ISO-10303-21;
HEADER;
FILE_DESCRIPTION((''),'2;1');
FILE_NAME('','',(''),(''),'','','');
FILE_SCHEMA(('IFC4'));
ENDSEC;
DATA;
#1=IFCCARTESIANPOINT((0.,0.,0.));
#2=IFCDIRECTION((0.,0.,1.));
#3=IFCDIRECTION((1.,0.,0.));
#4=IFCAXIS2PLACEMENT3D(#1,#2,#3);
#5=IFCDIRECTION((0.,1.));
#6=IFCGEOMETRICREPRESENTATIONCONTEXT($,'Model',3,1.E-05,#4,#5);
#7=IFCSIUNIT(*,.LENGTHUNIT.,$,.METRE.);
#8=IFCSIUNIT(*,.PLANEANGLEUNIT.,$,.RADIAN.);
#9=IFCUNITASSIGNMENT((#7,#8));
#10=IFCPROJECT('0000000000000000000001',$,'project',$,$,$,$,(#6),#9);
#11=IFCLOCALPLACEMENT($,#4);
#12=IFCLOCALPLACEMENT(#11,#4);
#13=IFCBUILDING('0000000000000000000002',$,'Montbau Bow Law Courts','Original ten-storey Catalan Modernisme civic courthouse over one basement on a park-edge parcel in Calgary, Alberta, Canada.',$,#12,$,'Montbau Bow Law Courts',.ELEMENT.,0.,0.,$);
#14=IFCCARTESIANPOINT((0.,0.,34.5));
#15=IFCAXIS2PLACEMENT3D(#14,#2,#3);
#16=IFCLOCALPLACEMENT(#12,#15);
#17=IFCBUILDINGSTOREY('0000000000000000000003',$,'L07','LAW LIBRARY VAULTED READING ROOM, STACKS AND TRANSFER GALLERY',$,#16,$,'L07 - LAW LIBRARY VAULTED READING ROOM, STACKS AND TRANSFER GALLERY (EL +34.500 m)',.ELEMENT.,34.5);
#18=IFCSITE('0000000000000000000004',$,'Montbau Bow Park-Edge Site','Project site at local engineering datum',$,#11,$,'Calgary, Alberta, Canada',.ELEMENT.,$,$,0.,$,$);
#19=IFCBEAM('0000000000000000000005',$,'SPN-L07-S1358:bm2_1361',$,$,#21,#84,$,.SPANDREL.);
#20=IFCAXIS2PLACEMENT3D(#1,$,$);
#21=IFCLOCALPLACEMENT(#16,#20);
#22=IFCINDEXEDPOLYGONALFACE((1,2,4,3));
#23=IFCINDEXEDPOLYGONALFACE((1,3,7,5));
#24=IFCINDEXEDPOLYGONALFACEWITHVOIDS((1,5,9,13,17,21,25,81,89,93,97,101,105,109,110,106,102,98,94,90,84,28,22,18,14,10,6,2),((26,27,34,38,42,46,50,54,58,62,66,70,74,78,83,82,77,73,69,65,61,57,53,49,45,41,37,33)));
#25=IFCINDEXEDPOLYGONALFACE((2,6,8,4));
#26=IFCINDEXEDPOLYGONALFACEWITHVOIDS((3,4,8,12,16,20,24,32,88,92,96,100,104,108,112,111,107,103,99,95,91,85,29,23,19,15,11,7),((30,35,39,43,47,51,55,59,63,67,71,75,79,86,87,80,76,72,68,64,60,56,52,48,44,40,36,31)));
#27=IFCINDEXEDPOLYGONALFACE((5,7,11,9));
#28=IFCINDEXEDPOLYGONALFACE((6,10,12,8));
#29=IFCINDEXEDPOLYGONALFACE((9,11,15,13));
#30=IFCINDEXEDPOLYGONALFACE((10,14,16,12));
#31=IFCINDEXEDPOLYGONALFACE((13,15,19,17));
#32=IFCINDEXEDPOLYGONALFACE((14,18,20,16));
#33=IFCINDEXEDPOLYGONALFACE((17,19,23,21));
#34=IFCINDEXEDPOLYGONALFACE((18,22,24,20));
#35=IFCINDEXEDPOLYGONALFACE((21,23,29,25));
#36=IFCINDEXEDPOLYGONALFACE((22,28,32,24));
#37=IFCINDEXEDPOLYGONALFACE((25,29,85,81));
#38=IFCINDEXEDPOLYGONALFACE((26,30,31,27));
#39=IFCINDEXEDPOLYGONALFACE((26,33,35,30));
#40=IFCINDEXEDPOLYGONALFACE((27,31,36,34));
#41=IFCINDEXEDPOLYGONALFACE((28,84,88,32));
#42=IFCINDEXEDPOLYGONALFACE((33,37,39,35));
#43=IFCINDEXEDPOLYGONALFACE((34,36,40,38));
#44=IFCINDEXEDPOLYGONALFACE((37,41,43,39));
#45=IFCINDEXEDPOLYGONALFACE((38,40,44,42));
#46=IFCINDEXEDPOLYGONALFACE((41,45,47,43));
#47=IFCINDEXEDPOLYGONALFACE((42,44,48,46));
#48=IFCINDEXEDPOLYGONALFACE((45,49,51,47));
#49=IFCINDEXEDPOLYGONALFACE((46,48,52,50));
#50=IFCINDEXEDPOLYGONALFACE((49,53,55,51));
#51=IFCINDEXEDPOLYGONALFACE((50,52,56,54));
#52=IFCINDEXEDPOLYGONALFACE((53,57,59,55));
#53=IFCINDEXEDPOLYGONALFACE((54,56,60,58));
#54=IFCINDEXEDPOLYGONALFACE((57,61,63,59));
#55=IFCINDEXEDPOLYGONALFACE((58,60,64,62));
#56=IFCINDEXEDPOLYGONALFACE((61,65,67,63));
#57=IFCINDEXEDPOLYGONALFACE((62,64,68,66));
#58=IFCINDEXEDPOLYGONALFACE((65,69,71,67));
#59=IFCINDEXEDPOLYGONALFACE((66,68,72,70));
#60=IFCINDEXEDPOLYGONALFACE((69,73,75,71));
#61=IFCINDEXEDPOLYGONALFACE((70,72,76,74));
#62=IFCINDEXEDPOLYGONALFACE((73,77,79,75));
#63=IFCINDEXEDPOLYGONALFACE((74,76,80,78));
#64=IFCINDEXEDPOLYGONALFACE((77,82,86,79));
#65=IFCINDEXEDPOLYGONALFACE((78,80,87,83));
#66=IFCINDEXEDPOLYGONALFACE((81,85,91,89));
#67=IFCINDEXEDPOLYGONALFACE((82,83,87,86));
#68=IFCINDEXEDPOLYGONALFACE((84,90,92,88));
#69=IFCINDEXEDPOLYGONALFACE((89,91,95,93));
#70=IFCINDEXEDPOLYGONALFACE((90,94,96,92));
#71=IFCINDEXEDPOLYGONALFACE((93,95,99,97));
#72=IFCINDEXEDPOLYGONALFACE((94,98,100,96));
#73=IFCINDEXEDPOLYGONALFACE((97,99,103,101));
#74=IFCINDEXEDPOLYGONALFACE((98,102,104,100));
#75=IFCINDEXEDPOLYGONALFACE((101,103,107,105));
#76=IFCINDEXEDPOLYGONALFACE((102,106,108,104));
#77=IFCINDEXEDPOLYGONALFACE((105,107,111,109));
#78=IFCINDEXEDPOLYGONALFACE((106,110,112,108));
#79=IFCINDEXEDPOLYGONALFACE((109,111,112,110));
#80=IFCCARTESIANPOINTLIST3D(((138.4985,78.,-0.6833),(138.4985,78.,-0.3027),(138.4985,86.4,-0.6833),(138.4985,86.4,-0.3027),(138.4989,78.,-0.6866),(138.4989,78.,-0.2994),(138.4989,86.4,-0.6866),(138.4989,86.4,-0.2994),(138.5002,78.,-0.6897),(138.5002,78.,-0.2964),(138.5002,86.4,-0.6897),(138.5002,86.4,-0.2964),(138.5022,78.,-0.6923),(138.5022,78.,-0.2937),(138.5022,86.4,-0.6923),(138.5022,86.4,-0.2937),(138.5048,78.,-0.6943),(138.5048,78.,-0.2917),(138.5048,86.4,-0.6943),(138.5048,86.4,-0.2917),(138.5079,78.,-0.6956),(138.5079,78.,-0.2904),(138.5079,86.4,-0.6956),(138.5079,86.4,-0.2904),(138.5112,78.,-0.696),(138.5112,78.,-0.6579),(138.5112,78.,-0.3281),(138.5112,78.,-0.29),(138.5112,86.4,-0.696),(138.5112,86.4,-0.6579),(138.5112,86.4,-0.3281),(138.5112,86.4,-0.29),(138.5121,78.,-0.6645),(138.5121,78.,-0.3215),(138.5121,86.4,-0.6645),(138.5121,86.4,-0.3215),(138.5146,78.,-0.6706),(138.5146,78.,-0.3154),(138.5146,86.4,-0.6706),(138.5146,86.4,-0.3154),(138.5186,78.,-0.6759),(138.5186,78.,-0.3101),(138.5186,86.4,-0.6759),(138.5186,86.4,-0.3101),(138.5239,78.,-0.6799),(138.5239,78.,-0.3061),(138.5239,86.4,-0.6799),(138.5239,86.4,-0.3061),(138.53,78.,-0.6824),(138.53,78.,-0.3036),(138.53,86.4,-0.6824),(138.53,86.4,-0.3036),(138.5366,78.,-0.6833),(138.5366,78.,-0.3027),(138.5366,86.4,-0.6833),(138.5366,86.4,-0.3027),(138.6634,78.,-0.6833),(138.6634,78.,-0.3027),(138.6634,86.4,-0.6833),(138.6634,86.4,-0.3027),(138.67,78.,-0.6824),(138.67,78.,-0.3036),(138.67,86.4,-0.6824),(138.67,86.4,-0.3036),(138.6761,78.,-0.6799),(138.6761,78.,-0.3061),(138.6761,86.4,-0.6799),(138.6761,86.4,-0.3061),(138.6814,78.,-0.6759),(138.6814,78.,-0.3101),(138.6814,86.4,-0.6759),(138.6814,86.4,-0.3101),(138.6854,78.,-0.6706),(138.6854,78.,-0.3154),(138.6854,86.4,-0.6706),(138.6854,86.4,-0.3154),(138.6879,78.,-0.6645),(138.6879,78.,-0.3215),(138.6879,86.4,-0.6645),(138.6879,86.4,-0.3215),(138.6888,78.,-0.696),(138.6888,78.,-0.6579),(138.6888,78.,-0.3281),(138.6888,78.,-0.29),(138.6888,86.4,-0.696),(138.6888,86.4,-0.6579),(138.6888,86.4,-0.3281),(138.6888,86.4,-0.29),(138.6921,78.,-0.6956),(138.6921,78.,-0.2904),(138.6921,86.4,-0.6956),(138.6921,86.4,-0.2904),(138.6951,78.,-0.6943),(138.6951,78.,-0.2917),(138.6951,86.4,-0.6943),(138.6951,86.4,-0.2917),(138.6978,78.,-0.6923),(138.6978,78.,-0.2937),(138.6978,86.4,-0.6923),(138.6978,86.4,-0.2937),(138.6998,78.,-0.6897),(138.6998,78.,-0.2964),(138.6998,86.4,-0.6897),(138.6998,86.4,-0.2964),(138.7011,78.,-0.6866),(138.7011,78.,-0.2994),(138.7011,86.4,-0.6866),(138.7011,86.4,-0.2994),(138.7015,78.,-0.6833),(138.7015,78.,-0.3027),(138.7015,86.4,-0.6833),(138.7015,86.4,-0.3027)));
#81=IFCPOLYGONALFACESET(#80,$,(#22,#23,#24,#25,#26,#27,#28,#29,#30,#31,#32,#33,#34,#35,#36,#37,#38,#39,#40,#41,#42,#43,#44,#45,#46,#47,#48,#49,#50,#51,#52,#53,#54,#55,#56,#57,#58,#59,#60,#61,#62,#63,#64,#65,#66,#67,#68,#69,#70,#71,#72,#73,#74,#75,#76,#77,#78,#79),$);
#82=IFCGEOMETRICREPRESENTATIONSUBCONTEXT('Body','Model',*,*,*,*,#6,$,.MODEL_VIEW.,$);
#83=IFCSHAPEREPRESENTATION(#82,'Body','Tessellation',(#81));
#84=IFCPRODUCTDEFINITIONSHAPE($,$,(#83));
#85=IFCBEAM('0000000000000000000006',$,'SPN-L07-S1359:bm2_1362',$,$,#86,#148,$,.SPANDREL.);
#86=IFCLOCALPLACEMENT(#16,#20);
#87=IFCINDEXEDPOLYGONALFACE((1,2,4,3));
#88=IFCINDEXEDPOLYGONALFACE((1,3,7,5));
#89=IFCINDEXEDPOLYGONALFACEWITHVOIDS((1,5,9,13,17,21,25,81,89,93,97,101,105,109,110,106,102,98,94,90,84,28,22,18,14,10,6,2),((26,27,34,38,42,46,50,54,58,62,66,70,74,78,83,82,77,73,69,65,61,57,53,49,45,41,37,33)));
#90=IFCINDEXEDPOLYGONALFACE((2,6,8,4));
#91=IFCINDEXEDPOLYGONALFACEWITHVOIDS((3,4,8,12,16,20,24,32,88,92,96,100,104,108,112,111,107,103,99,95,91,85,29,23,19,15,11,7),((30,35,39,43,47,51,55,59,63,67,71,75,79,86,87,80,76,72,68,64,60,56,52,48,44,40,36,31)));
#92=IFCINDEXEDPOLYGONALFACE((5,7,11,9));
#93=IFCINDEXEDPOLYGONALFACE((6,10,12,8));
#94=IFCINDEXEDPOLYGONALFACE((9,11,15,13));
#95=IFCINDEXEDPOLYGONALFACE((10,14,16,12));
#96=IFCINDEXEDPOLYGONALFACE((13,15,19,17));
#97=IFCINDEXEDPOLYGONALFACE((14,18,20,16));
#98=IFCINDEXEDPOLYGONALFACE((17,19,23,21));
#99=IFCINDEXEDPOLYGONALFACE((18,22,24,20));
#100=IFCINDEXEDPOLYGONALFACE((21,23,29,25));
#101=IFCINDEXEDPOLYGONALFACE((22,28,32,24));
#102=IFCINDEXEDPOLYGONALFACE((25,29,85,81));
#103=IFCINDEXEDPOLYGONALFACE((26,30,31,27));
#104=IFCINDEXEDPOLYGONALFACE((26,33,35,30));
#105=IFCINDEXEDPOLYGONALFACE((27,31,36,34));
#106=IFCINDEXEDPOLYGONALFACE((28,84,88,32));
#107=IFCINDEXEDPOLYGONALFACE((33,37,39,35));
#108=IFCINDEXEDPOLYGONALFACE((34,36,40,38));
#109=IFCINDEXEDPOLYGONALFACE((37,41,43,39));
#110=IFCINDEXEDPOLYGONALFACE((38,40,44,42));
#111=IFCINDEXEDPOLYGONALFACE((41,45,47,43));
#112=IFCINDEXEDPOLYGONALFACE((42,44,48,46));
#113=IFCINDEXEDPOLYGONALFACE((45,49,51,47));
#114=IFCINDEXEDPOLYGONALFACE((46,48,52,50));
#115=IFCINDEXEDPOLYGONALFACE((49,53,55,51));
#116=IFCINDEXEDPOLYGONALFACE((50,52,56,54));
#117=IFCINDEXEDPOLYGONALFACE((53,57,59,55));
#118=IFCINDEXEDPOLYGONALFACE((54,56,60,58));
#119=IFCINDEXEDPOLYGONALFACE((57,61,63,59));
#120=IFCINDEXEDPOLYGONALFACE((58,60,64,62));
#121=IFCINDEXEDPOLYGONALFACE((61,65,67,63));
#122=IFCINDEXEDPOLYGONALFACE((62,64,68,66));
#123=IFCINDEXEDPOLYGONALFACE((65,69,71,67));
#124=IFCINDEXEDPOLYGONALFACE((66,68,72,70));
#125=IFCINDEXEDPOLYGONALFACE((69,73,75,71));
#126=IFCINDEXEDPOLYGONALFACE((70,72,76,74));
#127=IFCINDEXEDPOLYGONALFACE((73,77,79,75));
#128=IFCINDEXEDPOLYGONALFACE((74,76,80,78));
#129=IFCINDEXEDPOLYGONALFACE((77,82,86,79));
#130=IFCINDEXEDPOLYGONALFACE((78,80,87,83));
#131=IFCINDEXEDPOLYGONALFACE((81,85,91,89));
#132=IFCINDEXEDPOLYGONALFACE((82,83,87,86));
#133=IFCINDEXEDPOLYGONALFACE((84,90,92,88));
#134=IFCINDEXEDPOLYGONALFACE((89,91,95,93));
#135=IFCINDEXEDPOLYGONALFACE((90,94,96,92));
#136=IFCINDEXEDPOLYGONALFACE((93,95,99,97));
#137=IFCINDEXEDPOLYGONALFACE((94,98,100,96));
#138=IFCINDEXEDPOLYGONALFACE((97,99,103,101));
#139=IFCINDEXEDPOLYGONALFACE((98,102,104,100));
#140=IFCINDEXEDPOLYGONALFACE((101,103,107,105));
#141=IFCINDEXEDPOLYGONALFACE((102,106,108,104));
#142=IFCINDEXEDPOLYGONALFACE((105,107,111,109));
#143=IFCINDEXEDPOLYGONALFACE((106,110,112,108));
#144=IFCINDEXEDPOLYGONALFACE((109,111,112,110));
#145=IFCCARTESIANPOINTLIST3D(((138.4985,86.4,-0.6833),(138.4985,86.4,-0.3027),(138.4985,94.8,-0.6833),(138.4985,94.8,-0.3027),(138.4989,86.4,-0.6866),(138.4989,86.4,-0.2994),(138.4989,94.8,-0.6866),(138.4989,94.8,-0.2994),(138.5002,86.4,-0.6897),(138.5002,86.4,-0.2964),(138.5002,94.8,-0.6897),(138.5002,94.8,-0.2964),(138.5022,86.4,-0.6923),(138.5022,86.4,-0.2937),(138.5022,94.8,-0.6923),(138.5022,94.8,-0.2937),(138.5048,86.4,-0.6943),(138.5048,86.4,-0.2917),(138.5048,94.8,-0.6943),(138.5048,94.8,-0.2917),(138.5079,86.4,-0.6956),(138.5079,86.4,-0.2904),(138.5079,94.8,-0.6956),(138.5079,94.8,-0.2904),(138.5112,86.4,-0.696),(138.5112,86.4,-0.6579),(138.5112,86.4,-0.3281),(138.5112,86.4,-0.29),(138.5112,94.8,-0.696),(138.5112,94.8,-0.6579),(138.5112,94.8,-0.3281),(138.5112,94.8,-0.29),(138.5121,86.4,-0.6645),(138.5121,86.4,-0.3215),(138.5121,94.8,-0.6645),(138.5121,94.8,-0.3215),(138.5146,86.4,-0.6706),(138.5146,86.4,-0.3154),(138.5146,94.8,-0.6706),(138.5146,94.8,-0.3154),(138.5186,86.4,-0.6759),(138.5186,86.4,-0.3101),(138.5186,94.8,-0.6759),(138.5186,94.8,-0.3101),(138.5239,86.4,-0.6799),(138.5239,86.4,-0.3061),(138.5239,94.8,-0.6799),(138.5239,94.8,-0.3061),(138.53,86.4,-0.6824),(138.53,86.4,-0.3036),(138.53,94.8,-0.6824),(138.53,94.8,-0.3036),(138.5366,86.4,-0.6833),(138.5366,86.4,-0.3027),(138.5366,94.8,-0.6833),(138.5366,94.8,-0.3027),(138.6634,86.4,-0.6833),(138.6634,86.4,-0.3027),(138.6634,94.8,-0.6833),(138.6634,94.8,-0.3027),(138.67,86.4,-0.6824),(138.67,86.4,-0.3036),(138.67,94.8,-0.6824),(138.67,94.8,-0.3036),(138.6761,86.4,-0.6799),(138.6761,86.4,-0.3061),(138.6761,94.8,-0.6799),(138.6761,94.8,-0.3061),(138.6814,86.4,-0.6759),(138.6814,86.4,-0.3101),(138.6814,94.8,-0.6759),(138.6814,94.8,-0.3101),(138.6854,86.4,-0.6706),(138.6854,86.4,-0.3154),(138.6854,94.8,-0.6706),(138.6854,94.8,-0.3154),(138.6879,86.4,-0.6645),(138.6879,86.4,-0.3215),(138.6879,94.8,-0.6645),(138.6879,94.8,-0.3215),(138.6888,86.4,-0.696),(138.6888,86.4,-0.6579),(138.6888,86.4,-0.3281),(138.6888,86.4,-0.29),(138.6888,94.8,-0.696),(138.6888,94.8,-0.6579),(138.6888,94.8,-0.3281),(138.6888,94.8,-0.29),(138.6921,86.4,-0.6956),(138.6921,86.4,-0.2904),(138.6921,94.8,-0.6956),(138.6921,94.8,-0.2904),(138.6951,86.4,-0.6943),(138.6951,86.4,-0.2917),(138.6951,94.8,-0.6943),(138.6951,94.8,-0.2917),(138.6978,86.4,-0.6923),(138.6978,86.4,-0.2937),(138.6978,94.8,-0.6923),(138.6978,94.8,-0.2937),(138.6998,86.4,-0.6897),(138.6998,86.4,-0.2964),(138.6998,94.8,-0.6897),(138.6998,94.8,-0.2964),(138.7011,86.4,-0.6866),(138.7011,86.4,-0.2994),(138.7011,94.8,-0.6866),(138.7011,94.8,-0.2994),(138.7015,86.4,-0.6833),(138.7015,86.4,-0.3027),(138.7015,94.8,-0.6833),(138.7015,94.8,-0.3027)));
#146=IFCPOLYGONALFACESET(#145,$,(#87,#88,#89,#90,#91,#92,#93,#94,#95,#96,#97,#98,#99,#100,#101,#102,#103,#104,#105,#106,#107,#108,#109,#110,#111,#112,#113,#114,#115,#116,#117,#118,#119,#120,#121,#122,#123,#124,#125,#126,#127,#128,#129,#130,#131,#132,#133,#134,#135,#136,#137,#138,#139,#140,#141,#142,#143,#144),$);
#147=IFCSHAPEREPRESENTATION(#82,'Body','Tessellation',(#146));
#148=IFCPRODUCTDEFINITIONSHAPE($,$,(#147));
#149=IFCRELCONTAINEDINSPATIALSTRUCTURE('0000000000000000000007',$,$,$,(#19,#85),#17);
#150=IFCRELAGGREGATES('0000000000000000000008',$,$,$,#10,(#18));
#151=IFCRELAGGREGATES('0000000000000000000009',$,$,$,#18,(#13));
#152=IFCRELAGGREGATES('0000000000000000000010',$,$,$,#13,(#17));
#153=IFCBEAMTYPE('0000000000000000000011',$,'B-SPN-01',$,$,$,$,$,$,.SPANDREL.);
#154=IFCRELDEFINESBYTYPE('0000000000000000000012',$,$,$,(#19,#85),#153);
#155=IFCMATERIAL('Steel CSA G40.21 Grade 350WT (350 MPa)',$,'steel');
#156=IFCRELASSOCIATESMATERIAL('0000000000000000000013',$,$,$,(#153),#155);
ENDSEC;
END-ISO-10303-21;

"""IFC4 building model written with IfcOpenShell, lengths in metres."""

from ifc_helpers import new_model, si_unit, direction, frame, origin_with_axes, origin_2d_with_axis, place, context, subcontext, project, spatial, hollow_rectangle, extrude, material, material_profile, profile_set, type_object, element, save


model = new_model("IFC4")

# Units and contexts
model_context = context("Model", 3, precision=1e-05, world=origin_with_axes(), true_north=direction((0.0, 1.0)))
body_context = subcontext(model_context, "Body", "Model", "MODEL_VIEW")
ifc_project = project(units=[si_unit("LENGTHUNIT", "METRE"), si_unit("PLANEANGLEUNIT", "RADIAN")], contexts=[model_context])

# Site, building, storey
site_placement = place(None, origin_with_axes())
site = spatial("IfcSite", under=ifc_project, at=site_placement, Name="Montbau Bow Park-Edge Site", Description="Project site at local engineering datum", LongName="Calgary, Alberta, Canada", CompositionType="ELEMENT", RefElevation=0.0)
building_placement = place(site_placement, origin_with_axes())
building = spatial("IfcBuilding", under=site, at=building_placement, Name="Montbau Bow Law Courts", Description="Original ten-storey Catalan Modernisme civic courthouse over one basement on a park-edge parcel in Calgary, Alberta, Canada.", LongName="Montbau Bow Law Courts", CompositionType="ELEMENT", ElevationOfRefHeight=0.0, ElevationOfTerrain=0.0)
storey_placement = place(building_placement, frame((0.0, 0.0, 34.5), z_axis=(0.0, 0.0, 1.0), x_axis=(1.0, 0.0, 0.0)))
storey = spatial("IfcBuildingStorey", under=building, at=storey_placement, Name="L07", Description="LAW LIBRARY VAULTED READING ROOM, STACKS AND TRANSFER GALLERY", LongName="L07 - LAW LIBRARY VAULTED READING ROOM, STACKS AND TRANSFER GALLERY (EL +34.500 m)", CompositionType="ELEMENT", Elevation=34.5)

# Shared definitions
ifc_material_1 = material(Name="Steel CSA G40.21 Grade 350WT (350 MPa)", Category="steel")

# Beams
ifc_material_profile_1 = material_profile(ifc_material_1, hollow_rectangle(XDim=0.203, YDim=0.406, WallThickness=0.0127, InnerFilletRadius=0.0254, OuterFilletRadius=0.0127, at=origin_2d_with_axis()), Name="HSS406X203X13", Category="Main", Priority=0)
ifc_profile_set_1 = profile_set([ifc_material_profile_1], Name="Steel CSA G40.21 Grade 350WT (350 MPa)")
beam_type_1 = type_object("IfcBeamType", Name="B-SPN-01", PredefinedType="SPANDREL", material=ifc_profile_set_1)
for number, where, z_axis, x_axis, name in (
    (1, (138.6, 78.0, 34.007), (0.0, 1.0, 0.0), (-1.0, 0.0, 0.0), "SPN-L07-S1358:bm2_1361"),
    (2, (138.6, 86.4, 34.007), (0.0, 1.0, 0.0), (-1.0, 0.0, 0.0), "SPN-L07-S1359:bm2_1362"),
):
    element("IfcBeam", number, at=place(None, frame(where, z_axis=z_axis, x_axis=x_axis)), inside=storey, type_object=beam_type_1, Name=name, PredefinedType="SPANDREL", context=body_context, shape_type="SweptSolid", body=[
        extrude(hollow_rectangle(XDim=0.203, YDim=0.406, WallThickness=0.0127, InnerFilletRadius=0.0254, OuterFilletRadius=0.0127, at=origin_2d_with_axis()), origin_with_axes(), (0.0, 0.0, 1.0), 8.4),
    ])

save(model, "model.ifc")
